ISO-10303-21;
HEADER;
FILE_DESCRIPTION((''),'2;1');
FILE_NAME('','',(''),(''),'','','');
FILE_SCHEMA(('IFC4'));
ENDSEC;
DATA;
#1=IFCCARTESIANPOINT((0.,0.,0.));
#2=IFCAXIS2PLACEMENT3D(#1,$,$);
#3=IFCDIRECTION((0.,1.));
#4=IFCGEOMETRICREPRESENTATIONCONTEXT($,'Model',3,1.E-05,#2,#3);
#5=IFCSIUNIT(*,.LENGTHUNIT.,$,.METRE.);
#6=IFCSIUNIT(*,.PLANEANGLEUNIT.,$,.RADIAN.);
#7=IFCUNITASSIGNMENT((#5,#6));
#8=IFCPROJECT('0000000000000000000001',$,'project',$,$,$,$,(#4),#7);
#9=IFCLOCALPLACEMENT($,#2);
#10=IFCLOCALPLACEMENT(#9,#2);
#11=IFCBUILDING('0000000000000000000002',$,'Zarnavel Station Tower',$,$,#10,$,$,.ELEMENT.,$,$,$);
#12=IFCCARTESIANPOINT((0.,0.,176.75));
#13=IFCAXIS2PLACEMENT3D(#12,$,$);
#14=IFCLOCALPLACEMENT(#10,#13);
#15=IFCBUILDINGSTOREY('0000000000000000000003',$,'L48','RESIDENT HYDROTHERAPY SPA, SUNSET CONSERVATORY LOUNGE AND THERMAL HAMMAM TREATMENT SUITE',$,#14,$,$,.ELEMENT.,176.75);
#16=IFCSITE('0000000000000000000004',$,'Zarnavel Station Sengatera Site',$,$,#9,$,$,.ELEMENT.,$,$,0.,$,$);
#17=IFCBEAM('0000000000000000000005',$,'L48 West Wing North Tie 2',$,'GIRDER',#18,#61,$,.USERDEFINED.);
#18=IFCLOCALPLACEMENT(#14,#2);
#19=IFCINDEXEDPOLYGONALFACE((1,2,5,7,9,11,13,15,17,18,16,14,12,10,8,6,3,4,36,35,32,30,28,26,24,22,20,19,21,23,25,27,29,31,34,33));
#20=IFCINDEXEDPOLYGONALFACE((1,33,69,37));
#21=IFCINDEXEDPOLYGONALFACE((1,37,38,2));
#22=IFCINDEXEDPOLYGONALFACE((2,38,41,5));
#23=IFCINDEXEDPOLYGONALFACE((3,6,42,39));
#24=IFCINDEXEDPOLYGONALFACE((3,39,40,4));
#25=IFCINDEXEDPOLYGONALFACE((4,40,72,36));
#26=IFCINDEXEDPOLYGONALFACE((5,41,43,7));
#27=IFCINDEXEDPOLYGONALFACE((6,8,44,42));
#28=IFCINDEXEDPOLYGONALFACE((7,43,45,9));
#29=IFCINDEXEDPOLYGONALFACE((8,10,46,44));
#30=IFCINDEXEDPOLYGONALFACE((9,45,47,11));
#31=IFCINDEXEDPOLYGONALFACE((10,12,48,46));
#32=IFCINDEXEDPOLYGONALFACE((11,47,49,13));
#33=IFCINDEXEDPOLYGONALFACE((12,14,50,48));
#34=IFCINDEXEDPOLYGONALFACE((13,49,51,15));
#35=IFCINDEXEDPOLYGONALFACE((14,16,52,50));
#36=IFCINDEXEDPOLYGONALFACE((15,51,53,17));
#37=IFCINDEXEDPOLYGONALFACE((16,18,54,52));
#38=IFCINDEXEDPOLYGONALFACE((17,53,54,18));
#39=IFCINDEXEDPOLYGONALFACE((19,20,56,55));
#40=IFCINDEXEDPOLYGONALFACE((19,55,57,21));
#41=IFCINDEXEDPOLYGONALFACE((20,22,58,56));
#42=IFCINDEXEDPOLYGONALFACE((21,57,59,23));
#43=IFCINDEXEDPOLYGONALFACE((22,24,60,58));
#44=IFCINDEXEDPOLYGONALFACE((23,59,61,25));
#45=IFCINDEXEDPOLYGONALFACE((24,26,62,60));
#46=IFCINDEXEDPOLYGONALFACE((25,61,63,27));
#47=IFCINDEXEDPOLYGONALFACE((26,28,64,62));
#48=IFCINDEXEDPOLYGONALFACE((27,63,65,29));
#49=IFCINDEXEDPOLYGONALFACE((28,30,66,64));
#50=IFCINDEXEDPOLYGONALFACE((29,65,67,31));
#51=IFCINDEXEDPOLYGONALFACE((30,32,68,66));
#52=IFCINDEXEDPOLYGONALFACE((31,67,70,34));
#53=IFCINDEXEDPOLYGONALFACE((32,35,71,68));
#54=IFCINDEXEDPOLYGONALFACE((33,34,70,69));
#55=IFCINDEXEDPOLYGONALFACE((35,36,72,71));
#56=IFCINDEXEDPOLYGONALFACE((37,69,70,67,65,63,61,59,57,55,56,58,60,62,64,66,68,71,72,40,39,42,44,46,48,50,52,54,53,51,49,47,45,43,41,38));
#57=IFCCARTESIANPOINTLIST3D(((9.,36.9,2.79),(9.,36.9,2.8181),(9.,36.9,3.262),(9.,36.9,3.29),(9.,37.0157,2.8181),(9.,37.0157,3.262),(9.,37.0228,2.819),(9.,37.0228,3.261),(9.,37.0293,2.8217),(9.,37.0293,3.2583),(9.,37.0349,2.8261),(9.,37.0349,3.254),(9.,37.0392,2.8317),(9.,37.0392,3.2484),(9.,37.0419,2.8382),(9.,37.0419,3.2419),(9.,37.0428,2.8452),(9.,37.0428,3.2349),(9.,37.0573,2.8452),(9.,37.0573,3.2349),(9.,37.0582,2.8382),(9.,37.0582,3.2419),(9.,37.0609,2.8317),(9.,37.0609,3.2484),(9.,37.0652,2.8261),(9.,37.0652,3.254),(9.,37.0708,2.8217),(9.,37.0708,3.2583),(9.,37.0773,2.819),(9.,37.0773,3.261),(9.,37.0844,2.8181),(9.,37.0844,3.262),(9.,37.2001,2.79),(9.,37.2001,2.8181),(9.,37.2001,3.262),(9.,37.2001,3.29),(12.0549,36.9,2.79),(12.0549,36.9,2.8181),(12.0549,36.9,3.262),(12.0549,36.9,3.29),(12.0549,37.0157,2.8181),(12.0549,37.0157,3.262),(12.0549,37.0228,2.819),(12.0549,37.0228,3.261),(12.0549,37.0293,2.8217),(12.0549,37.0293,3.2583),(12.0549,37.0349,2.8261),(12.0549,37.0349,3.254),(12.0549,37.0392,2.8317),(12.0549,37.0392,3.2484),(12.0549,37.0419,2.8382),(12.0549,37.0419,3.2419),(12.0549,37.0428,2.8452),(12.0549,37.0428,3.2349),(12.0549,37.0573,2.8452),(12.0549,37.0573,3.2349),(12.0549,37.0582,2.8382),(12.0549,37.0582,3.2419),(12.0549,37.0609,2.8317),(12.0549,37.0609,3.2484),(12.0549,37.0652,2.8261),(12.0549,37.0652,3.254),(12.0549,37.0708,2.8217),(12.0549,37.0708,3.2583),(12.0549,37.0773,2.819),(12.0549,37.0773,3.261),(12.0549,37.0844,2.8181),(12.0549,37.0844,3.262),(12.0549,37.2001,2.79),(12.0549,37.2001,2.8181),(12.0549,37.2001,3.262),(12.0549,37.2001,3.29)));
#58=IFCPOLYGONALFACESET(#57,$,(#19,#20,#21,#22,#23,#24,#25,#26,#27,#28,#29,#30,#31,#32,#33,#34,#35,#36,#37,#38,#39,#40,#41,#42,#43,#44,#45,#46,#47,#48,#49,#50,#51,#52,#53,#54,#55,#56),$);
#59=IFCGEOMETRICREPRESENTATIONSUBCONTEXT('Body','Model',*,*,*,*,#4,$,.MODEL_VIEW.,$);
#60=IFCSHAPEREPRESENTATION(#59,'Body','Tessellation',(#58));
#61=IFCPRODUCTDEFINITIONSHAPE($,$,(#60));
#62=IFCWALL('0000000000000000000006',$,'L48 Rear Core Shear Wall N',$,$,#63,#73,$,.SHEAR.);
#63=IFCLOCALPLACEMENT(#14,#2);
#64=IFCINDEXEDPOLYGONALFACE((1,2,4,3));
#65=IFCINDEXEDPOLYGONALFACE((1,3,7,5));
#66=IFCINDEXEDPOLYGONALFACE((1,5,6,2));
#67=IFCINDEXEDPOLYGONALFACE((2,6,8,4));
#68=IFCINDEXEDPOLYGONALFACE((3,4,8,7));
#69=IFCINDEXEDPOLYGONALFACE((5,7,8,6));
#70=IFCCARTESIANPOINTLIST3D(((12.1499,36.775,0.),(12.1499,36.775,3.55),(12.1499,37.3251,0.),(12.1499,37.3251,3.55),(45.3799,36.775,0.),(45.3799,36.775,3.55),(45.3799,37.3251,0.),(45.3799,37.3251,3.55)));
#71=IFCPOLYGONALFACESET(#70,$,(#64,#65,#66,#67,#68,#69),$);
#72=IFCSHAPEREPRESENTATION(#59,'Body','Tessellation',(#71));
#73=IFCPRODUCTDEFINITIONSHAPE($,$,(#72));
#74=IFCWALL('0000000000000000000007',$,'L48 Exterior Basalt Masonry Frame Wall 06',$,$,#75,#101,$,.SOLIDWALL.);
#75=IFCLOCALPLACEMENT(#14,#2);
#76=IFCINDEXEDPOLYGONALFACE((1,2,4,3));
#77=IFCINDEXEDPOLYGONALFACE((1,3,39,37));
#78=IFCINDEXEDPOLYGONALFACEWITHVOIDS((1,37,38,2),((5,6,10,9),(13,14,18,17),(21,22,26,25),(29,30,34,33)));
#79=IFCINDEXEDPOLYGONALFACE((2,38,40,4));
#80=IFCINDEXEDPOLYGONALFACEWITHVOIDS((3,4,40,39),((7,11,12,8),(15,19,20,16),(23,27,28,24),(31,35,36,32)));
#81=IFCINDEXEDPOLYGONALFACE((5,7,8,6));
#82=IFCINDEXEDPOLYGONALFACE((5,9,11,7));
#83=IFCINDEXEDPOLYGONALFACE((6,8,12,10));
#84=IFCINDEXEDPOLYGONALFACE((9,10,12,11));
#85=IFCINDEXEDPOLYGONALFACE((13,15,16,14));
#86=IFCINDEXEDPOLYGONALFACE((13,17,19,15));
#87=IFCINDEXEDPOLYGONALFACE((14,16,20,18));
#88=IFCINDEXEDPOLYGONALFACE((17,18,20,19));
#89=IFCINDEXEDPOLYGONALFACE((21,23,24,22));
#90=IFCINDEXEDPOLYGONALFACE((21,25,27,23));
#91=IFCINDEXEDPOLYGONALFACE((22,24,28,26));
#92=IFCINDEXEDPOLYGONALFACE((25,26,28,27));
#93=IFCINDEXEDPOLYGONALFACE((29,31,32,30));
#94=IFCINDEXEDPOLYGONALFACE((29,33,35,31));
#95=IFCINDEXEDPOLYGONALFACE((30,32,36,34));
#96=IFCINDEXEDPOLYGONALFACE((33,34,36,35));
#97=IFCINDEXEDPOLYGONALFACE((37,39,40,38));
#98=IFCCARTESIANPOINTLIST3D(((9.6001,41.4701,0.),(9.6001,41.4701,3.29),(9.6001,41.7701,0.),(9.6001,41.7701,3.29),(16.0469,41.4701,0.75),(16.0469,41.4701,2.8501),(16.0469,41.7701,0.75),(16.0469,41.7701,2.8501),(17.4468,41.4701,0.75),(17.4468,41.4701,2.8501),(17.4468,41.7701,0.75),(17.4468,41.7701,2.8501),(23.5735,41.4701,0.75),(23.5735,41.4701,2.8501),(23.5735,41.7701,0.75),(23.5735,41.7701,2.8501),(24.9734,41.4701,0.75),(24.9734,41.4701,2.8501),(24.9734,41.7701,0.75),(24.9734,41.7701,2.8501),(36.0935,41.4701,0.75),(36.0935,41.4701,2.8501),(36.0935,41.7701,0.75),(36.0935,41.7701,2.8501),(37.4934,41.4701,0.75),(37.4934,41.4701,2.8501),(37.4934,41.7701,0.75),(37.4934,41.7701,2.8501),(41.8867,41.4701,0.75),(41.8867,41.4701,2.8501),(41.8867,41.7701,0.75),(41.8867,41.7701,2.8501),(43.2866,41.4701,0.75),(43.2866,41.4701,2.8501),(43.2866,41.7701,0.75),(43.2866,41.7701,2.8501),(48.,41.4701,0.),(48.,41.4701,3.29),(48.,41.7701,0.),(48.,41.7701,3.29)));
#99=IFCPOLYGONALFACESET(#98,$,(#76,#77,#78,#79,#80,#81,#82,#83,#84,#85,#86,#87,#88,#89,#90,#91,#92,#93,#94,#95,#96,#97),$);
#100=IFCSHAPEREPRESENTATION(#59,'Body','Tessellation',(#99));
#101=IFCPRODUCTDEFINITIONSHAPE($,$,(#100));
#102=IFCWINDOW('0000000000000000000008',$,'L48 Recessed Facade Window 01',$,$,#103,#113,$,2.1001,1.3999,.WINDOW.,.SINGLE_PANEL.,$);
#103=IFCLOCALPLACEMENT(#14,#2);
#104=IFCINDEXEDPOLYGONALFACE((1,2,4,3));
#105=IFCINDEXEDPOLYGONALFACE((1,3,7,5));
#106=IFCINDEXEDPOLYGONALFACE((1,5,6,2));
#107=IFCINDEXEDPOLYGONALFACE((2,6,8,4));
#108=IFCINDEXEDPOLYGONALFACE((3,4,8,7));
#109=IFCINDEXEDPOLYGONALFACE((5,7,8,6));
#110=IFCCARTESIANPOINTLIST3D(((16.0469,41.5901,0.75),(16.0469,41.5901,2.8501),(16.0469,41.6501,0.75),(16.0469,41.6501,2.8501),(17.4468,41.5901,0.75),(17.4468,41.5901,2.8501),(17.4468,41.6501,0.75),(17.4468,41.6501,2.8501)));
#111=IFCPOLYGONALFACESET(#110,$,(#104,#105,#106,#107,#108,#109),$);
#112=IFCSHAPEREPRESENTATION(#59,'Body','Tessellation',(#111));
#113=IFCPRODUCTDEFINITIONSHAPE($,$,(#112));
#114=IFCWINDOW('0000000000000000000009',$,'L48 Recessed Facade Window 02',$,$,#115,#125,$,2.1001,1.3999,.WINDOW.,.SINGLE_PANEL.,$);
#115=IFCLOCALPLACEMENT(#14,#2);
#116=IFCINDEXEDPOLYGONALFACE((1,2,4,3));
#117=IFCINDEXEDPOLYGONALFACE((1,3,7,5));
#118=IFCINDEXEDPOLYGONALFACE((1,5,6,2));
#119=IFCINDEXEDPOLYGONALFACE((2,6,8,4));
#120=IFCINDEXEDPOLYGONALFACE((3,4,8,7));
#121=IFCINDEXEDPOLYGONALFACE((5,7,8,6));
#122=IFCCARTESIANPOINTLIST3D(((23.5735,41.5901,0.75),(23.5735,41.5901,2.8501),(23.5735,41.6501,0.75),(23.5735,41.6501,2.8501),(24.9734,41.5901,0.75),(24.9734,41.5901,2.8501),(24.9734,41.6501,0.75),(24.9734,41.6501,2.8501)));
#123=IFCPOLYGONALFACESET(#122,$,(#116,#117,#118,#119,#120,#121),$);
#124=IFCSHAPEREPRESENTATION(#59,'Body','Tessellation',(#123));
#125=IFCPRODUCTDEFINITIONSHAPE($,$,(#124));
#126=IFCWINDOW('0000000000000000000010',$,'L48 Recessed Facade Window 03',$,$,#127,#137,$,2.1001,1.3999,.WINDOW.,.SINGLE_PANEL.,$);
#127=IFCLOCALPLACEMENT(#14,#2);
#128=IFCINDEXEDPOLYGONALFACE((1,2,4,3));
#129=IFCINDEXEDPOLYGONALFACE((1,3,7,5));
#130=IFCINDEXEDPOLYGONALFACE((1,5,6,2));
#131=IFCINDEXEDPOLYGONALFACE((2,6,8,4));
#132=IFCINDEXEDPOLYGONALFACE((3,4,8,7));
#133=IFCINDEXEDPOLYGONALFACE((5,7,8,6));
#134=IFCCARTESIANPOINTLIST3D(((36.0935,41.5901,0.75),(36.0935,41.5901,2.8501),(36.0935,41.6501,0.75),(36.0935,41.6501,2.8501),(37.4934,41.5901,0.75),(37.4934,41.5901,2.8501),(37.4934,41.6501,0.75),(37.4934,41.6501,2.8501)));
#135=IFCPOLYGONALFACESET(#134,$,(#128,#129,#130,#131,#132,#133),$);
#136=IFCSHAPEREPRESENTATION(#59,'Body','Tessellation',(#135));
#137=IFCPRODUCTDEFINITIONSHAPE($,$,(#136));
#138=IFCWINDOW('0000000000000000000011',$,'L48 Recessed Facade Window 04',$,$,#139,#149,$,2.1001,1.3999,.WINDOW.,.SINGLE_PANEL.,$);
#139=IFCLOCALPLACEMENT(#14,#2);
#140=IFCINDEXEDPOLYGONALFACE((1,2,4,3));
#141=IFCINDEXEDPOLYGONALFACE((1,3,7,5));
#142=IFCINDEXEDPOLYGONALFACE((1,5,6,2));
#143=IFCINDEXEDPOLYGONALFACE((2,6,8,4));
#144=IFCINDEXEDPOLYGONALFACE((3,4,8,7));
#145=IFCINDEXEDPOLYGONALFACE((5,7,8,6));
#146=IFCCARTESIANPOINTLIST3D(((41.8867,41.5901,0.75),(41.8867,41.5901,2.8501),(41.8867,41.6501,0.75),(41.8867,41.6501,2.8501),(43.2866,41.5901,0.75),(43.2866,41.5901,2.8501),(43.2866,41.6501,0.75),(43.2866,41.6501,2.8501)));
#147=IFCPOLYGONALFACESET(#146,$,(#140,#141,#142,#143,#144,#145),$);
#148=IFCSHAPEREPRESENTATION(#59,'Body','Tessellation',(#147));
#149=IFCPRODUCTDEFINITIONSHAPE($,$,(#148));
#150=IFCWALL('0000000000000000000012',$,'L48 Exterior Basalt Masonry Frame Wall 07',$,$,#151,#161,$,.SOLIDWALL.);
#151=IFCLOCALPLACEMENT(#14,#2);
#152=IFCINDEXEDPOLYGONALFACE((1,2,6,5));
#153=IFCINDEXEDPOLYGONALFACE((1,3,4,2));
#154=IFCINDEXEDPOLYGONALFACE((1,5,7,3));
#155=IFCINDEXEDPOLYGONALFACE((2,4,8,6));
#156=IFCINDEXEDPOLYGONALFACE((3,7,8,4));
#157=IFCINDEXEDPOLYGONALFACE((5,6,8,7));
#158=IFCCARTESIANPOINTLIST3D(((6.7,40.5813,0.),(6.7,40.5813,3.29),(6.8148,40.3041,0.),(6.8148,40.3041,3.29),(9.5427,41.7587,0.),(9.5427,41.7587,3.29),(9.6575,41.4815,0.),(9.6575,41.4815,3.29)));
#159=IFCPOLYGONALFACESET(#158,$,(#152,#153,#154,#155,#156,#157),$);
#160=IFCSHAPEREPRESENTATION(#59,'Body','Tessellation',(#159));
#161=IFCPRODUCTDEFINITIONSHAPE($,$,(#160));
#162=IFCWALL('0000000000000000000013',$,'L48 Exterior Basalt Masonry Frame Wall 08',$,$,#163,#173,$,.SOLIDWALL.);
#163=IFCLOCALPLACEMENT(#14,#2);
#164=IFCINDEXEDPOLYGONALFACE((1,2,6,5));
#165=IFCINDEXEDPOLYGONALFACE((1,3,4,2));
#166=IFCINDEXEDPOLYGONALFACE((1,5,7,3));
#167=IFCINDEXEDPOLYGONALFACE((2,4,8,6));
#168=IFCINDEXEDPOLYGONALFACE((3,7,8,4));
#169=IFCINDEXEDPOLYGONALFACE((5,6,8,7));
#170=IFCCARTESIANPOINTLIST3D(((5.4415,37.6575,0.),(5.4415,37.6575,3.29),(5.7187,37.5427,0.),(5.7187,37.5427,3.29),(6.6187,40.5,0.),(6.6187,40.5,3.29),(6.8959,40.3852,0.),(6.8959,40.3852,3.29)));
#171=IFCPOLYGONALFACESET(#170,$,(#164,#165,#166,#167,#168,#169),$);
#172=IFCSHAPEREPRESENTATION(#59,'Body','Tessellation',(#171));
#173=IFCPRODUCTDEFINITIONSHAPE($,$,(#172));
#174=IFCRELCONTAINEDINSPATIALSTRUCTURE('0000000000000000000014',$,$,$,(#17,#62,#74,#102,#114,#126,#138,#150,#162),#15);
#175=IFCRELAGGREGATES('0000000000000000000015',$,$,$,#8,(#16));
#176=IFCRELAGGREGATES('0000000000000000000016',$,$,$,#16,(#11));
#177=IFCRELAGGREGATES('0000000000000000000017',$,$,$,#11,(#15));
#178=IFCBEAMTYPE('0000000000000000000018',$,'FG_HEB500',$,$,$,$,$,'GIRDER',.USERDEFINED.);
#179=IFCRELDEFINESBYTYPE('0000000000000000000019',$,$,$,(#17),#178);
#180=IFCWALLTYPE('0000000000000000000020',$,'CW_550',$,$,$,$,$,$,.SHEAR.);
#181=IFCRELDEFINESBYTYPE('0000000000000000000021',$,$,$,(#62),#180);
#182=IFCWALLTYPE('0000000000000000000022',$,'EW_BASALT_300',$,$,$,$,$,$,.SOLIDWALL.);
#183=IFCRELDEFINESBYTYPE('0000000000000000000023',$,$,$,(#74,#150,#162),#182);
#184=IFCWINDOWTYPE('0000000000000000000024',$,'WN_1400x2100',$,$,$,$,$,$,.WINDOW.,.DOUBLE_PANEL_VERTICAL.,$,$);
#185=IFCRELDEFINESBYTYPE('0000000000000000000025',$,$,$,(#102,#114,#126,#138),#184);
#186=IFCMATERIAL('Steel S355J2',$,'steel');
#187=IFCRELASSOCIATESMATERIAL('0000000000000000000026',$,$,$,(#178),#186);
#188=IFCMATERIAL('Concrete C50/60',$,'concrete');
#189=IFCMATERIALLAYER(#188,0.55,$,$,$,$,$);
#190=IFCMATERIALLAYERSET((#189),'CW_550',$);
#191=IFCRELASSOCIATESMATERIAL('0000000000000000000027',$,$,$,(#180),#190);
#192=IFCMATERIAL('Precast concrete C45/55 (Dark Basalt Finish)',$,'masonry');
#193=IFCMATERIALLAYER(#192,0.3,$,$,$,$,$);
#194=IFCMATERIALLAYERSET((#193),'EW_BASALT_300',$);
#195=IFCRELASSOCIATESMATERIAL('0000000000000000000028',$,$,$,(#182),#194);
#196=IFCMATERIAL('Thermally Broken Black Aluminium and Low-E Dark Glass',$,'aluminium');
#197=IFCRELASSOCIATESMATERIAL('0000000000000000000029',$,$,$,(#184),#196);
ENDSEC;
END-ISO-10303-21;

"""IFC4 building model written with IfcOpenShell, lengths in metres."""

from ifc_helpers import new_model, si_unit, direction, frame, frame_2d, origin, origin_2d, place, context, subcontext, project, spatial, rectangle, i_section, extrude, material, layer, layer_set, material_profile, profile_set, type_object, element, fill, save


model = new_model("IFC4")

# Units and contexts
model_context = context("Model", 3, precision=1e-05, world=origin(), true_north=direction((0.0, 1.0)))
body_context = subcontext(model_context, "Body", "Model", "MODEL_VIEW")
ifc_project = project(units=[si_unit("LENGTHUNIT", "METRE"), si_unit("PLANEANGLEUNIT", "RADIAN")], contexts=[model_context])

# Site, building, storey
site_placement = place(None, origin())
site = spatial("IfcSite", under=ifc_project, at=site_placement, Name="Zarnavel Station Sengatera Site", CompositionType="ELEMENT", RefElevation=0.0)
building_placement = place(site_placement, origin())
building = spatial("IfcBuilding", under=site, at=building_placement, Name="Zarnavel Station Tower", CompositionType="ELEMENT")
storey_placement = place(building_placement, frame((0.0, 0.0, 176.75)))
storey = spatial("IfcBuildingStorey", under=building, at=storey_placement, Name="L48", Description="RESIDENT HYDROTHERAPY SPA, SUNSET CONSERVATORY LOUNGE AND THERMAL HAMMAM TREATMENT SUITE", CompositionType="ELEMENT", Elevation=176.75)

# Beam
ifc_material_1 = material(Name="Steel S355J2", Category="steel")
ifc_material_profile_1 = material_profile(ifc_material_1, i_section(OverallWidth=0.3, OverallDepth=0.5, WebThickness=0.0144, FlangeThickness=0.0281, FilletRadius=0.0271, at=origin_2d()), Name="HEB500")
ifc_profile_set_1 = profile_set([ifc_material_profile_1], Name="Steel S355J2")
beam_type = type_object("IfcBeamType", Name="FG_HEB500", ElementType="GIRDER", PredefinedType="USERDEFINED", material=ifc_profile_set_1)
beam_1_placement = place(storey_placement, frame((9.0, 37.05, 3.04), z_axis=(1.0, 0.0, 0.0), x_axis=(0.0, 1.0, 0.0)))
element("IfcBeam", 1, at=beam_1_placement, inside=storey, type_object=beam_type, Name="L48 West Wing North Tie 2", ObjectType="GIRDER", PredefinedType="USERDEFINED", context=body_context, shape_type="SweptSolid", body=[
    extrude(i_section(OverallWidth=0.3, OverallDepth=0.5, WebThickness=0.0144, FlangeThickness=0.0281, FilletRadius=0.0271, at=origin_2d()), origin(), (0.0, 0.0, 1.0), 3.0549),
])

# Wall
ifc_material_2 = material(Name="Concrete C50/60", Category="concrete")
ifc_layer_1 = layer(ifc_material_2, 0.55)
ifc_layer_set_1 = layer_set([ifc_layer_1], Name="CW_550")
wall_type_1 = type_object("IfcWallType", Name="CW_550", PredefinedType="SHEAR", material=ifc_layer_set_1)
wall_1_placement = place(storey_placement, frame((12.1499, 37.05, 0.0), z_axis=(0.0, 0.0, 1.0), x_axis=(1.0, 0.0, 0.0)))
element("IfcWall", 2, at=wall_1_placement, inside=storey, type_object=wall_type_1, Name="L48 Rear Core Shear Wall N", PredefinedType="SHEAR", context=body_context, shape_type="SweptSolid", body=[
    extrude(rectangle(XDim=33.23, YDim=0.55, at=frame_2d((16.615, 0.0))), origin(), (0.0, 0.0, 1.0), 3.55),
])

# Wall, openings, windows
ifc_material_3 = material(Name="Precast concrete C45/55 (Dark Basalt Finish)", Category="masonry")
ifc_layer_2 = layer(ifc_material_3, 0.3)
ifc_layer_set_2 = layer_set([ifc_layer_2], Name="EW_BASALT_300")
wall_type_2 = type_object("IfcWallType", Name="EW_BASALT_300", PredefinedType="SOLIDWALL", material=ifc_layer_set_2)
wall_2_placement = place(storey_placement, frame((9.6001, 41.6201, 0.0), z_axis=(0.0, 0.0, 1.0), x_axis=(1.0, 0.0, 0.0)))
wall_2 = element("IfcWall", 3, at=wall_2_placement, inside=storey, type_object=wall_type_2, Name="L48 Exterior Basalt Masonry Frame Wall 06", PredefinedType="SOLIDWALL", context=body_context, shape_type="SweptSolid", body=[
    extrude(rectangle(XDim=38.3999, YDim=0.3, at=frame_2d((19.2, 0.0))), origin(), (0.0, 0.0, 1.0), 3.29),
])
opening_1_placement = place(wall_2_placement, frame((6.4468, 0.0, 0.75)))
opening_1 = element("IfcOpeningElement", 4, at=opening_1_placement, cuts=wall_2, PredefinedType="OPENING", context=body_context, shape_type="SweptSolid", body=[
    extrude(rectangle(XDim=1.3999, YDim=2.1001, at=frame_2d((0.7, 1.05))), frame((0.0, 0.1599, 0.0), z_axis=(0.0, -1.0, 0.0), x_axis=(1.0, 0.0, 0.0)), (0.0, 0.0, 1.0), 0.3201),
])
opening_2_placement = place(wall_2_placement, frame((13.9734, 0.0, 0.75)))
opening_2 = element("IfcOpeningElement", 5, at=opening_2_placement, cuts=wall_2, PredefinedType="OPENING", context=body_context, shape_type="SweptSolid", body=[
    extrude(rectangle(XDim=1.3999, YDim=2.1001, at=frame_2d((0.7, 1.05))), frame((0.0, 0.1599, 0.0), z_axis=(0.0, -1.0, 0.0), x_axis=(1.0, 0.0, 0.0)), (0.0, 0.0, 1.0), 0.3201),
])
opening_3_placement = place(wall_2_placement, frame((26.4934, 0.0, 0.75)))
opening_3 = element("IfcOpeningElement", 6, at=opening_3_placement, cuts=wall_2, PredefinedType="OPENING", context=body_context, shape_type="SweptSolid", body=[
    extrude(rectangle(XDim=1.3999, YDim=2.1001, at=frame_2d((0.7, 1.05))), frame((0.0, 0.1599, 0.0), z_axis=(0.0, -1.0, 0.0), x_axis=(1.0, 0.0, 0.0)), (0.0, 0.0, 1.0), 0.3201),
])
opening_4_placement = place(wall_2_placement, frame((32.2866, 0.0, 0.75)))
opening_4 = element("IfcOpeningElement", 7, at=opening_4_placement, cuts=wall_2, PredefinedType="OPENING", context=body_context, shape_type="SweptSolid", body=[
    extrude(rectangle(XDim=1.3999, YDim=2.1001, at=frame_2d((0.7, 1.05))), frame((0.0, 0.1599, 0.0), z_axis=(0.0, -1.0, 0.0), x_axis=(1.0, 0.0, 0.0)), (0.0, 0.0, 1.0), 0.3201),
])
ifc_material_4 = material(Name="Thermally Broken Black Aluminium and Low-E Dark Glass", Category="aluminium")
window_type = type_object("IfcWindowType", Name="WN_1400x2100", PartitioningType="DOUBLE_PANEL_VERTICAL", PredefinedType="WINDOW", material=ifc_material_4)
window_1_placement = place(opening_1_placement, origin())
window_1 = element("IfcWindow", 8, at=window_1_placement, inside=storey, type_object=window_type, Name="L48 Recessed Facade Window 01", OverallHeight=2.1001, OverallWidth=1.3999, PartitioningType="SINGLE_PANEL", PredefinedType="WINDOW", context=body_context, shape_type="SweptSolid", body=[
    extrude(rectangle(XDim=1.3999, YDim=2.1001, at=frame_2d((0.7, 1.05))), frame((0.0, 0.03, 0.0), z_axis=(0.0, -1.0, 0.0), x_axis=(1.0, 0.0, 0.0)), (0.0, 0.0, 1.0), 0.0601),
])
fill(opening_1, window_1)
window_2_placement = place(opening_2_placement, origin())
window_2 = element("IfcWindow", 9, at=window_2_placement, inside=storey, type_object=window_type, Name="L48 Recessed Facade Window 02", OverallHeight=2.1001, OverallWidth=1.3999, PartitioningType="SINGLE_PANEL", PredefinedType="WINDOW", context=body_context, shape_type="SweptSolid", body=[
    extrude(rectangle(XDim=1.3999, YDim=2.1001, at=frame_2d((0.7, 1.05))), frame((0.0, 0.03, 0.0), z_axis=(0.0, -1.0, 0.0), x_axis=(1.0, 0.0, 0.0)), (0.0, 0.0, 1.0), 0.0601),
])
fill(opening_2, window_2)
window_3_placement = place(opening_3_placement, origin())
window_3 = element("IfcWindow", 10, at=window_3_placement, inside=storey, type_object=window_type, Name="L48 Recessed Facade Window 03", OverallHeight=2.1001, OverallWidth=1.3999, PartitioningType="SINGLE_PANEL", PredefinedType="WINDOW", context=body_context, shape_type="SweptSolid", body=[
    extrude(rectangle(XDim=1.3999, YDim=2.1001, at=frame_2d((0.7, 1.05))), frame((0.0, 0.03, 0.0), z_axis=(0.0, -1.0, 0.0), x_axis=(1.0, 0.0, 0.0)), (0.0, 0.0, 1.0), 0.0601),
])
fill(opening_3, window_3)
window_4_placement = place(opening_4_placement, origin())
window_4 = element("IfcWindow", 11, at=window_4_placement, inside=storey, type_object=window_type, Name="L48 Recessed Facade Window 04", OverallHeight=2.1001, OverallWidth=1.3999, PartitioningType="SINGLE_PANEL", PredefinedType="WINDOW", context=body_context, shape_type="SweptSolid", body=[
    extrude(rectangle(XDim=1.3999, YDim=2.1001, at=frame_2d((0.7, 1.05))), frame((0.0, 0.03, 0.0), z_axis=(0.0, -1.0, 0.0), x_axis=(1.0, 0.0, 0.0)), (0.0, 0.0, 1.0), 0.0601),
])
fill(opening_4, window_4)

# Walls
wall_3_placement = place(storey_placement, frame((6.7573, 40.4426, 0.0), z_axis=(0.0, 0.0, 1.0), x_axis=(0.923882, 0.382676, 0.0)))
element("IfcWall", 12, at=wall_3_placement, inside=storey, type_object=wall_type_2, Name="L48 Exterior Basalt Masonry Frame Wall 07", PredefinedType="SOLIDWALL", context=body_context, shape_type="SweptSolid", body=[
    extrude(rectangle(XDim=3.0769, YDim=0.3, at=frame_2d((1.5386, 0.0))), origin(), (0.0, 0.0, 1.0), 3.29),
])
wall_4_placement = place(storey_placement, frame((5.5801, 37.6001, 0.0), z_axis=(0.0, 0.0, 1.0), x_axis=(0.382637, 0.923899, 0.0)))
element("IfcWall", 13, at=wall_4_placement, inside=storey, type_object=wall_type_2, Name="L48 Exterior Basalt Masonry Frame Wall 08", PredefinedType="SOLIDWALL", context=body_context, shape_type="SweptSolid", body=[
    extrude(rectangle(XDim=3.0767, YDim=0.3, at=frame_2d((1.5383, 0.0))), origin(), (0.0, 0.0, 1.0), 3.29),
])

save(model, "model.ifc")
